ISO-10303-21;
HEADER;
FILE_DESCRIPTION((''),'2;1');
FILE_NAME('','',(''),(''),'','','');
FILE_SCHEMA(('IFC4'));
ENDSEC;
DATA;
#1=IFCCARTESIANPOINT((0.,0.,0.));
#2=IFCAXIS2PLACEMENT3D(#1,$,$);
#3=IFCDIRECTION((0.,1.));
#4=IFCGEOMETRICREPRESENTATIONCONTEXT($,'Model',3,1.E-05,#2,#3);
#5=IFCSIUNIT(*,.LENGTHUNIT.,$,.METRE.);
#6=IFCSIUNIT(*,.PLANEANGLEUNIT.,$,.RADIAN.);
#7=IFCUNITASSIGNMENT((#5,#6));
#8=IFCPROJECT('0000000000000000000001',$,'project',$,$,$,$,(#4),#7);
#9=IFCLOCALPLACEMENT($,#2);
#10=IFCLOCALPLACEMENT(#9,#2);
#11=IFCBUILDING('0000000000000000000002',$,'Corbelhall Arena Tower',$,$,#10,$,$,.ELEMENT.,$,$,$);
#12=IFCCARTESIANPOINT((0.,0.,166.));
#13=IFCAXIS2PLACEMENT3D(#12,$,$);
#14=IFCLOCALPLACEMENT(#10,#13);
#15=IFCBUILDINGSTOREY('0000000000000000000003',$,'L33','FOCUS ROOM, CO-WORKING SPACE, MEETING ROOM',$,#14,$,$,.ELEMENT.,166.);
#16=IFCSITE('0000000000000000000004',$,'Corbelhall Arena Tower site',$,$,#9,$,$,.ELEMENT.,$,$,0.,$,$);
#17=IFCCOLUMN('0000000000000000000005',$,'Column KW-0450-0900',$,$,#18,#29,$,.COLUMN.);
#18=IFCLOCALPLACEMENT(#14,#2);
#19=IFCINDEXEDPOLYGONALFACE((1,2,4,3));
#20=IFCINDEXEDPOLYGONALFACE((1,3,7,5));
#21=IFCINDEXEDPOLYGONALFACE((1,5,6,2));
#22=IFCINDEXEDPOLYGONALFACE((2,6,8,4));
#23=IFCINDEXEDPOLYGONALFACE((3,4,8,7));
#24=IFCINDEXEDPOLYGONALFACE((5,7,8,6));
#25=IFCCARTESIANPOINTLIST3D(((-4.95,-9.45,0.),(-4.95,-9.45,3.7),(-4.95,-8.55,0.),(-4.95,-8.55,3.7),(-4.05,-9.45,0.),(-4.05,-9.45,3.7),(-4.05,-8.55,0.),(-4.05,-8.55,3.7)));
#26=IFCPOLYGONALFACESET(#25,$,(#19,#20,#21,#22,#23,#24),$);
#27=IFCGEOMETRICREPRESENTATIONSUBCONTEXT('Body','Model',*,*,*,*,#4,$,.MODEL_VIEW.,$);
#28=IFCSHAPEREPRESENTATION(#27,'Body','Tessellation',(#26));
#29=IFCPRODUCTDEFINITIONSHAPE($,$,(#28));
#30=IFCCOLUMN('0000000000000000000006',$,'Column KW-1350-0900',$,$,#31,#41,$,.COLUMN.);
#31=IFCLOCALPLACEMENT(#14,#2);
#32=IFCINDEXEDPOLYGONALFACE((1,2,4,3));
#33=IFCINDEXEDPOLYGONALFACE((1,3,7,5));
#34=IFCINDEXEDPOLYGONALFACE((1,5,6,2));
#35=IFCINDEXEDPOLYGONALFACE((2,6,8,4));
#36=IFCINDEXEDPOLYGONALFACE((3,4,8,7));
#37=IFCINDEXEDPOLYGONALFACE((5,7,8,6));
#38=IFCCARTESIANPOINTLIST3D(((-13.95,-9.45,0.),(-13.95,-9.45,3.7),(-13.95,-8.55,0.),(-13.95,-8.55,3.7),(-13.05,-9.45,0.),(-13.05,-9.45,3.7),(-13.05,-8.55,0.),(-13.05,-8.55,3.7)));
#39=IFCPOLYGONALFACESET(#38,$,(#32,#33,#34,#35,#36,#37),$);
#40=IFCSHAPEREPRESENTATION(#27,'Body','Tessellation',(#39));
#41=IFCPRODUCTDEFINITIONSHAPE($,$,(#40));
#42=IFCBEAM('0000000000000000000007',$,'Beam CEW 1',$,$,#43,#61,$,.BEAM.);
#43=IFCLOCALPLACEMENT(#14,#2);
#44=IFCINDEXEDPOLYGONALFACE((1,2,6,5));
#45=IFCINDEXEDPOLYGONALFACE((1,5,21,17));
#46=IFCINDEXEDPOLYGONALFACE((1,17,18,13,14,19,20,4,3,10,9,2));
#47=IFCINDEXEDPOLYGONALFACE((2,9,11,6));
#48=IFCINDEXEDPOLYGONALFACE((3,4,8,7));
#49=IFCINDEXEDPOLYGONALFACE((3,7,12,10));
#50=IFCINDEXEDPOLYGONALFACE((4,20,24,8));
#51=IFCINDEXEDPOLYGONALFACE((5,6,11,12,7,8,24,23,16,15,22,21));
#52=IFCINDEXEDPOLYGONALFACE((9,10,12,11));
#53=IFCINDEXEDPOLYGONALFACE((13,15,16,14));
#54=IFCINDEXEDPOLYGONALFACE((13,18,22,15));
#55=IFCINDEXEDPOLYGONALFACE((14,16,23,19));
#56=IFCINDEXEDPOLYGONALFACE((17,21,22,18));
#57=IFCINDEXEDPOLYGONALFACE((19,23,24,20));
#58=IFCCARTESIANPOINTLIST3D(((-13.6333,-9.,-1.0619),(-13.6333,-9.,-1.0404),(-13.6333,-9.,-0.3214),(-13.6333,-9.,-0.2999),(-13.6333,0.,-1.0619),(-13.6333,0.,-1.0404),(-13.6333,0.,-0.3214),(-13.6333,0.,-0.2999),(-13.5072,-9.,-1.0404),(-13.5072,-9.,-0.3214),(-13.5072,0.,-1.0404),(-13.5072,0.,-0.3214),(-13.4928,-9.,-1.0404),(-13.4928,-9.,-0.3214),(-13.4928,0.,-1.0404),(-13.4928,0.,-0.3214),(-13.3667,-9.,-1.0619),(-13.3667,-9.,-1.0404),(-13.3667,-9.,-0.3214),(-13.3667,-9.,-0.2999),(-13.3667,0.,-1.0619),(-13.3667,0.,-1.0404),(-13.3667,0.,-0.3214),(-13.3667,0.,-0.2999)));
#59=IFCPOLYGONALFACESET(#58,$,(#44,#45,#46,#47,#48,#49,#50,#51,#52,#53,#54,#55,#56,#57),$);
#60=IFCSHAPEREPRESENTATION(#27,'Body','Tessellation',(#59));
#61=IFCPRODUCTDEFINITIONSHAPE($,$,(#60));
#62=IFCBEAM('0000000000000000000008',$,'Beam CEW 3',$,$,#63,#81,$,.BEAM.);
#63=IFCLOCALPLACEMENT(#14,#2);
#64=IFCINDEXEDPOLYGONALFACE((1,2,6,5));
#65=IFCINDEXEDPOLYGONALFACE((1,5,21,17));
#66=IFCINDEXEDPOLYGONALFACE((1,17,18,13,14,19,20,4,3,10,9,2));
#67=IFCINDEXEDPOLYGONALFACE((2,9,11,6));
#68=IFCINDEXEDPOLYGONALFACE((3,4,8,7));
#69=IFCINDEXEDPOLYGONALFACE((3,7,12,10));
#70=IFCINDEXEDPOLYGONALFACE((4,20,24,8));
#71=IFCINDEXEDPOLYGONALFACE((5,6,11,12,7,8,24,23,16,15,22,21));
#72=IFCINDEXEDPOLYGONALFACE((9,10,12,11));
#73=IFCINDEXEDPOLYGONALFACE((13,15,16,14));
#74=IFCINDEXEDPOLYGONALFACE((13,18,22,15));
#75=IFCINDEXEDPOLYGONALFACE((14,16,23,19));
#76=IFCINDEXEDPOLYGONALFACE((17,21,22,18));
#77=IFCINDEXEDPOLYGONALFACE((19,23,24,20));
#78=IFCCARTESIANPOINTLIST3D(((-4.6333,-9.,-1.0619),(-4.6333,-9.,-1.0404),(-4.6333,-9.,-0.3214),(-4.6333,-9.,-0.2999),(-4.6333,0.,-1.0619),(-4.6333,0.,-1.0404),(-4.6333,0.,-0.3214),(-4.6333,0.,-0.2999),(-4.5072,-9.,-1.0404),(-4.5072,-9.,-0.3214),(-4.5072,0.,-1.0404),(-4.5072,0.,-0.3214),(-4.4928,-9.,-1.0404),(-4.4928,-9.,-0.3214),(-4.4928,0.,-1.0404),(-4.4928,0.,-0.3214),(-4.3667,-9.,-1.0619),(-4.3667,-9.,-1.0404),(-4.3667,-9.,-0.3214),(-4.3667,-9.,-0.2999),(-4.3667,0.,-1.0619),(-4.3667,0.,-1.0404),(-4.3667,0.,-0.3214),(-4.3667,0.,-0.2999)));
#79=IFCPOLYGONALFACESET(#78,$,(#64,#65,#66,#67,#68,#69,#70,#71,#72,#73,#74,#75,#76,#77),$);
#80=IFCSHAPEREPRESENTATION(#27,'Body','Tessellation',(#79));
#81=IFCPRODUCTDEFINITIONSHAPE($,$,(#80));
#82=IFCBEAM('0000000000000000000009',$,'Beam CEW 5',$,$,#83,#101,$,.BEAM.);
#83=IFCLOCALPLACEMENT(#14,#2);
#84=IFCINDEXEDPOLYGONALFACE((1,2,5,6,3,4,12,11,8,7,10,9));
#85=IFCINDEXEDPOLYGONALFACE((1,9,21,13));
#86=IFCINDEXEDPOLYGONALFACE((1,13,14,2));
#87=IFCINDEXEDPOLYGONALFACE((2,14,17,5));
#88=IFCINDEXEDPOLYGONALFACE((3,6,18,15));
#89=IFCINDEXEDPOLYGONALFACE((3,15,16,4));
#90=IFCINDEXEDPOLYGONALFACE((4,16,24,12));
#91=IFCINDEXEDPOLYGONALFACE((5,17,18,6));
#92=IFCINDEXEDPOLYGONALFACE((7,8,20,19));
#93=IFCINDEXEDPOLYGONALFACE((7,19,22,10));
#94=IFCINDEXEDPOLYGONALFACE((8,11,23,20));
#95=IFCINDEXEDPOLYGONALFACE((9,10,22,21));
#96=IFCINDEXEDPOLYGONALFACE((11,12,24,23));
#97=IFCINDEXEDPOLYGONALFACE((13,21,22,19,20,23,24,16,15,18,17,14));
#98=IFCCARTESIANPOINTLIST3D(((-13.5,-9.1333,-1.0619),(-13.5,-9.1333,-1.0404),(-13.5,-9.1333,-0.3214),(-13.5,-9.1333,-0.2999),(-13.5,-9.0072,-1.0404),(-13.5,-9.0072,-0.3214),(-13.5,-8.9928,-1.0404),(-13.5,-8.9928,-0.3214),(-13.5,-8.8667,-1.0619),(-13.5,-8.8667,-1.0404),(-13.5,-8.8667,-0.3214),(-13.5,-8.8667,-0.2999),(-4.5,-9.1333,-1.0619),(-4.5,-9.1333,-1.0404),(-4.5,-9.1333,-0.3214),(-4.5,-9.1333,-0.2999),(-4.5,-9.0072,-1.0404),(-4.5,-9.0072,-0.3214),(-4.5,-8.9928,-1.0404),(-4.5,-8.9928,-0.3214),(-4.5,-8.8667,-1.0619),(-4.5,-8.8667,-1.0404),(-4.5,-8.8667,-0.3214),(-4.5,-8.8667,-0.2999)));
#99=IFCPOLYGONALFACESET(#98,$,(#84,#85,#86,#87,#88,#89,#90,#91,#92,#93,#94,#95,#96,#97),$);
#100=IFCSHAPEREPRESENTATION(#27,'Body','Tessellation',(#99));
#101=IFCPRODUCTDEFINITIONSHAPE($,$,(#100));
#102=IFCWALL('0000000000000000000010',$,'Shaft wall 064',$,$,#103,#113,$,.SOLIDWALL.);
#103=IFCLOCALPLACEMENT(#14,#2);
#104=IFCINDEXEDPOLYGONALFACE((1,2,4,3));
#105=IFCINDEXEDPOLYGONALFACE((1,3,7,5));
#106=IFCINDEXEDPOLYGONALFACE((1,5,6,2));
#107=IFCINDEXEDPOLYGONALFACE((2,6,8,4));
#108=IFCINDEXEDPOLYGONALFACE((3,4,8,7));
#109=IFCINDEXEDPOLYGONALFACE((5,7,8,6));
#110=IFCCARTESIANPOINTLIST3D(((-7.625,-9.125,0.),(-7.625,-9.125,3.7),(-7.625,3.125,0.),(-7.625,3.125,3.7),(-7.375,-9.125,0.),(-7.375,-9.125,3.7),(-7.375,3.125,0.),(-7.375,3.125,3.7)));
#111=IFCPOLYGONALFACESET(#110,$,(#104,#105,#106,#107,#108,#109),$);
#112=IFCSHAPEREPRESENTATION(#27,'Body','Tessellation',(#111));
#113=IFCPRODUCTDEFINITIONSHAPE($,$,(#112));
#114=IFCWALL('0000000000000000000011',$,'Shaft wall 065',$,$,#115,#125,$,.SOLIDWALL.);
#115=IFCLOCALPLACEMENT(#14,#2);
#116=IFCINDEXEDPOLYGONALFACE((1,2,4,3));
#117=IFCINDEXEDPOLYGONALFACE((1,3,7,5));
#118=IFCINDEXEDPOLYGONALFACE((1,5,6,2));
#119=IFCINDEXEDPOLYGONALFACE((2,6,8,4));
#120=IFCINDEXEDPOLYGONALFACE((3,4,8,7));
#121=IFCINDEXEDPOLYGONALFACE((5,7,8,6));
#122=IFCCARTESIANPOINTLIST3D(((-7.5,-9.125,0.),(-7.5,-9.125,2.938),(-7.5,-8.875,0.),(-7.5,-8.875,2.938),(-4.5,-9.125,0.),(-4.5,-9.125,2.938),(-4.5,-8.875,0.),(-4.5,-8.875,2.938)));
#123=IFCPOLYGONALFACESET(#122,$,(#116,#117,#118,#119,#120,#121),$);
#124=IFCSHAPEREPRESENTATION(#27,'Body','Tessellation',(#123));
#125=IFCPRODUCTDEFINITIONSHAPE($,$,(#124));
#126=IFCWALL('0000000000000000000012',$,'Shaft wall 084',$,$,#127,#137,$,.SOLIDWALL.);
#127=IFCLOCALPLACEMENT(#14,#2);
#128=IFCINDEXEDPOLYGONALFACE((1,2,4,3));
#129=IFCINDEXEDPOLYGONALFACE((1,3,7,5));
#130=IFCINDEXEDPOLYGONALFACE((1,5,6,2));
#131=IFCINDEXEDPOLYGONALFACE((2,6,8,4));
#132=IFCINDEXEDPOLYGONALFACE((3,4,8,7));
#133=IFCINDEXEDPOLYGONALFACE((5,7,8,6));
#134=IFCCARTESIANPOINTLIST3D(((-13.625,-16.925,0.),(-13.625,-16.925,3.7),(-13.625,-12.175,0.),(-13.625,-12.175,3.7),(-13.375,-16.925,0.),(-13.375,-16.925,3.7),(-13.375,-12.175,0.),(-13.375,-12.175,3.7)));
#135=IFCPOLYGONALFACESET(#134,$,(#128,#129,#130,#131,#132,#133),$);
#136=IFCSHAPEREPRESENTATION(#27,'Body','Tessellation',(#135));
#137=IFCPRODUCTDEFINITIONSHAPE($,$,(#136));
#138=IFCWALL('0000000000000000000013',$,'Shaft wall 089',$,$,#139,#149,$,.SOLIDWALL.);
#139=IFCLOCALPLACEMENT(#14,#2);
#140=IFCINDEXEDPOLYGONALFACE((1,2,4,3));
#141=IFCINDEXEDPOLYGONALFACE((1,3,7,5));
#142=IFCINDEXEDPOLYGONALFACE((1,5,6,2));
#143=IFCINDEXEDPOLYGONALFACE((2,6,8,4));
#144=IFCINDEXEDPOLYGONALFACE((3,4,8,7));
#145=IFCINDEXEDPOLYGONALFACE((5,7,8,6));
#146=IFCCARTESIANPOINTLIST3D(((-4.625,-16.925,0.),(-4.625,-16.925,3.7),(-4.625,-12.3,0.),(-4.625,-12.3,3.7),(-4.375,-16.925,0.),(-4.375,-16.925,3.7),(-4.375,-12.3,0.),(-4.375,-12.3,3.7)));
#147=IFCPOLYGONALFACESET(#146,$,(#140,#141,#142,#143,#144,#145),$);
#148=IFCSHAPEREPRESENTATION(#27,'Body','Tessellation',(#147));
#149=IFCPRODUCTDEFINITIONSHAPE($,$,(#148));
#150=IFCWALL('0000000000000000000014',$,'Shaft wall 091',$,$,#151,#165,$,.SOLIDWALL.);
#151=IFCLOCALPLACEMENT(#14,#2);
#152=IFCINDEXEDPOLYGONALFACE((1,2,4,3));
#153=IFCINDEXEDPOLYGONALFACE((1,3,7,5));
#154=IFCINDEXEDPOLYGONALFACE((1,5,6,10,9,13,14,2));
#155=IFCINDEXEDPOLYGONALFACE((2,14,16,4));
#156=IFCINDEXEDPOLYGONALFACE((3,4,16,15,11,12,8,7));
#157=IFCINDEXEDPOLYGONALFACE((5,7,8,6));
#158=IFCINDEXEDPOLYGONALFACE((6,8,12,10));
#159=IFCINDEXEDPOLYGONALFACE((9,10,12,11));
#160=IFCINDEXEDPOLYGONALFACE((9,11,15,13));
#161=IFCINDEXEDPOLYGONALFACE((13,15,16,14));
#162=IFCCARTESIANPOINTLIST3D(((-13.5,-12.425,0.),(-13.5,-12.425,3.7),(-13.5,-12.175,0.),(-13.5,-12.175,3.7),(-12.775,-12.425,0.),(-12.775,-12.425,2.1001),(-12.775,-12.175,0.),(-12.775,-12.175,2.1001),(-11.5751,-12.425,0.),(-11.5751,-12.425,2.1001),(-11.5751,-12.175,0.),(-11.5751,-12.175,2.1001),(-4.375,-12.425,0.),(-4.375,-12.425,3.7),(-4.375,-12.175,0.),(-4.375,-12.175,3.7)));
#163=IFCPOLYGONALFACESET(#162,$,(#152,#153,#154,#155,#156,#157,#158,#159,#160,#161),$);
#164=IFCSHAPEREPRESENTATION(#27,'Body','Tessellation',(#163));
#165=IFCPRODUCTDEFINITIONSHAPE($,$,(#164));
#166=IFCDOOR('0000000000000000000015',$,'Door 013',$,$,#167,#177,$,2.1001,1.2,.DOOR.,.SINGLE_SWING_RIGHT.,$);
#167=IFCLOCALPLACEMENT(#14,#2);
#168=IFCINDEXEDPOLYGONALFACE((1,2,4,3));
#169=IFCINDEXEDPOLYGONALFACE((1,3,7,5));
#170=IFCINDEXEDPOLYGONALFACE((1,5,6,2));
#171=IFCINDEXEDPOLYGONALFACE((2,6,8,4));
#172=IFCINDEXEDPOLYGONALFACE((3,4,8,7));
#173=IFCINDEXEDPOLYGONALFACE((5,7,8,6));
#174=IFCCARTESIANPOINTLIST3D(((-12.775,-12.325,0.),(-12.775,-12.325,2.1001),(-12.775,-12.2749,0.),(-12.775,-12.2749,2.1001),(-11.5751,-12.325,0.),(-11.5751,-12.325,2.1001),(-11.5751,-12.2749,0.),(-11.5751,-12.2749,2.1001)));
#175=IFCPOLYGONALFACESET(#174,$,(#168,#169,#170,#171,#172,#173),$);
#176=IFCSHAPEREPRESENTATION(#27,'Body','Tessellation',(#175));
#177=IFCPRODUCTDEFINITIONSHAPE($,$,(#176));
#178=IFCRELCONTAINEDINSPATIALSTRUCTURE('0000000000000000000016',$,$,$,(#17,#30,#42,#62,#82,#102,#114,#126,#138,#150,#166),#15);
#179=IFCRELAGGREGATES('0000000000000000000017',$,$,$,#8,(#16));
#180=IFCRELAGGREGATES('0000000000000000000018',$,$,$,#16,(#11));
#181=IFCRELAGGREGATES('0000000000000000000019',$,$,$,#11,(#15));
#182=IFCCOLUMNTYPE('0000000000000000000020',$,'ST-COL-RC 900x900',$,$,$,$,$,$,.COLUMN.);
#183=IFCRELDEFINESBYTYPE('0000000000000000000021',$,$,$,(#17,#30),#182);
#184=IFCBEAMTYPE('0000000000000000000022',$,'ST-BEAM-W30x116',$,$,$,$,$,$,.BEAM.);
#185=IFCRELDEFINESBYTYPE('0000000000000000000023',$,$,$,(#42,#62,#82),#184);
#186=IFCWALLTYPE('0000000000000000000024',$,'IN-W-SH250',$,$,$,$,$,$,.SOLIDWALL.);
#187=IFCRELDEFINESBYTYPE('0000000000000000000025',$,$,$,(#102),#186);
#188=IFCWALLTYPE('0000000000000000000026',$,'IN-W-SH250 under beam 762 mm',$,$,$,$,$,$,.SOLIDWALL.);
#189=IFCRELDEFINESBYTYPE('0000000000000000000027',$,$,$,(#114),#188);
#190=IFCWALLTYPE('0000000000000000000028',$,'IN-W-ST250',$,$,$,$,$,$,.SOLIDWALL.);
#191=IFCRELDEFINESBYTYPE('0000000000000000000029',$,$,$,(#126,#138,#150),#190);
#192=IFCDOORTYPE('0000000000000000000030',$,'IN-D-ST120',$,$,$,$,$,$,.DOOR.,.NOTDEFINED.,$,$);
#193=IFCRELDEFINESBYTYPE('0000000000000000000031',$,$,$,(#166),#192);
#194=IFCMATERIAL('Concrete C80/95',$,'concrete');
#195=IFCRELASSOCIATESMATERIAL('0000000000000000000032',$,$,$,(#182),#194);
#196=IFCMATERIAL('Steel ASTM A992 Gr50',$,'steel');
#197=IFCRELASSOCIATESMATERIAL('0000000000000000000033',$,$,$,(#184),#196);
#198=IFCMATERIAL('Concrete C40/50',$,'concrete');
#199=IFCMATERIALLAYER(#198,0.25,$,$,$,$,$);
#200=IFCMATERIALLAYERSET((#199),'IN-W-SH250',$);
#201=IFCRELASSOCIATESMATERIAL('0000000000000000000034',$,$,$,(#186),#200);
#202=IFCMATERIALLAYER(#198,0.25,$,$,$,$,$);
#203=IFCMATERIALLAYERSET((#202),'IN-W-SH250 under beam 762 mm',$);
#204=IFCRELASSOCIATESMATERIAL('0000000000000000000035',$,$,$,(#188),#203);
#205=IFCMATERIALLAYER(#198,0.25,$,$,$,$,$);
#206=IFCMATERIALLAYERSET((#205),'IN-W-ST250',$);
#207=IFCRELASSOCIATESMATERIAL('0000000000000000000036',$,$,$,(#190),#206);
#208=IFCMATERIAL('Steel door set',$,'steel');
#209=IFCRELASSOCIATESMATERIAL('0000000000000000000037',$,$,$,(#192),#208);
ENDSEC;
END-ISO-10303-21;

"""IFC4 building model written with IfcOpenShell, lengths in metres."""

from ifc_helpers import new_model, si_unit, direction, frame, frame_2d, origin, origin_2d, place, context, subcontext, project, spatial, rectangle, i_section, extrude, material, layer, layer_set, material_profile, profile_set, type_object, element, fill, save


model = new_model("IFC4")

# Units and contexts
model_context = context("Model", 3, precision=1e-05, world=origin(), true_north=direction((0.0, 1.0)))
body_context = subcontext(model_context, "Body", "Model", "MODEL_VIEW")
ifc_project = project(units=[si_unit("LENGTHUNIT", "METRE"), si_unit("PLANEANGLEUNIT", "RADIAN")], contexts=[model_context])

# Site, building, storey
site_placement = place(None, origin())
site = spatial("IfcSite", under=ifc_project, at=site_placement, Name="Corbelhall Arena Tower site", CompositionType="ELEMENT", RefElevation=0.0)
building_placement = place(site_placement, origin())
building = spatial("IfcBuilding", under=site, at=building_placement, Name="Corbelhall Arena Tower", CompositionType="ELEMENT")
storey_placement = place(building_placement, frame((0.0, 0.0, 166.0)))
storey = spatial("IfcBuildingStorey", under=building, at=storey_placement, Name="L33", Description="FOCUS ROOM, CO-WORKING SPACE, MEETING ROOM", CompositionType="ELEMENT", Elevation=166.0)

# Columns
ifc_material_1 = material(Name="Concrete C80/95", Category="concrete")
ifc_material_profile_1 = material_profile(ifc_material_1, rectangle(XDim=0.8999, YDim=0.8999, at=origin_2d()))
ifc_profile_set_1 = profile_set([ifc_material_profile_1], Name="Concrete C80/95")
column_type = type_object("IfcColumnType", Name="ST-COL-RC 900x900", PredefinedType="COLUMN", material=ifc_profile_set_1)
for number, where, z_axis, x_axis, name in (
    (1, (-4.5, -9.0, 0.0), (0.0, 0.0, 1.0), (1.0, 0.0, 0.0), "Column KW-0450-0900"),
    (2, (-13.5, -9.0, 0.0), (0.0, 0.0, 1.0), (1.0, 0.0, 0.0), "Column KW-1350-0900"),
):
    element("IfcColumn", number, at=place(storey_placement, frame(where, z_axis=z_axis, x_axis=x_axis)), inside=storey, type_object=column_type, Name=name, PredefinedType="COLUMN", context=body_context, shape_type="SweptSolid", body=[
        extrude(rectangle(XDim=0.8999, YDim=0.8999, at=origin_2d()), origin(), (0.0, 0.0, 1.0), 3.7),
    ])

# Beams
ifc_material_2 = material(Name="Steel ASTM A992 Gr50", Category="steel")
ifc_material_profile_2 = material_profile(ifc_material_2, i_section(OverallWidth=0.2666, OverallDepth=0.762, WebThickness=0.0144, FlangeThickness=0.0215, at=origin_2d()))
ifc_profile_set_2 = profile_set([ifc_material_profile_2], Name="Steel ASTM A992 Gr50")
beam_type = type_object("IfcBeamType", Name="ST-BEAM-W30x116", PredefinedType="BEAM", material=ifc_profile_set_2)
for number, where, z_axis, x_axis, name in (
    (3, (-13.5, -9.0, -0.6809), (0.0, 1.0, 0.0), (-1.0, 0.0, 0.0), "Beam CEW 1"),
    (4, (-4.5, -9.0, -0.6809), (0.0, 1.0, 0.0), (-1.0, 0.0, 0.0), "Beam CEW 3"),
    (5, (-13.5, -9.0, -0.6809), (1.0, 0.0, 0.0), (0.0, 1.0, 0.0), "Beam CEW 5"),
):
    element("IfcBeam", number, at=place(storey_placement, frame(where, z_axis=z_axis, x_axis=x_axis)), inside=storey, type_object=beam_type, Name=name, PredefinedType="BEAM", context=body_context, shape_type="SweptSolid", body=[
        extrude(i_section(OverallWidth=0.2666, OverallDepth=0.762, WebThickness=0.0144, FlangeThickness=0.0215, at=origin_2d()), origin(), (0.0, 0.0, 1.0), 9.0),
    ])

# Walls
ifc_material_3 = material(Name="Concrete C40/50", Category="concrete")
ifc_layer_1 = layer(ifc_material_3, 0.25)
ifc_layer_set_1 = layer_set([ifc_layer_1], Name="IN-W-SH250")
wall_type_1 = type_object("IfcWallType", Name="IN-W-SH250", PredefinedType="SOLIDWALL", material=ifc_layer_set_1)
wall_1_placement = place(storey_placement, frame((-7.5, -9.125, 0.0), z_axis=(0.0, 0.0, 1.0), x_axis=(0.0, 1.0, 0.0)))
element("IfcWall", 6, at=wall_1_placement, inside=storey, type_object=wall_type_1, Name="Shaft wall 064", PredefinedType="SOLIDWALL", context=body_context, shape_type="SweptSolid", body=[
    extrude(rectangle(XDim=12.25, YDim=0.25, at=frame_2d((6.125, 0.0))), origin(), (0.0, 0.0, 1.0), 3.7),
])
ifc_layer_2 = layer(ifc_material_3, 0.25)
ifc_layer_set_2 = layer_set([ifc_layer_2], Name="IN-W-SH250 under beam 762 mm")
wall_type_2 = type_object("IfcWallType", Name="IN-W-SH250 under beam 762 mm", PredefinedType="SOLIDWALL", material=ifc_layer_set_2)
wall_2_placement = place(storey_placement, frame((-4.5, -9.0, 0.0), z_axis=(0.0, 0.0, 1.0), x_axis=(-1.0, 0.0, 0.0)))
element("IfcWall", 7, at=wall_2_placement, inside=storey, type_object=wall_type_2, Name="Shaft wall 065", PredefinedType="SOLIDWALL", context=body_context, shape_type="SweptSolid", body=[
    extrude(rectangle(XDim=3.0, YDim=0.25, at=frame_2d((1.5, 0.0))), origin(), (0.0, 0.0, 1.0), 2.938),
])
ifc_layer_3 = layer(ifc_material_3, 0.25)
ifc_layer_set_3 = layer_set([ifc_layer_3], Name="IN-W-ST250")
wall_type_3 = type_object("IfcWallType", Name="IN-W-ST250", PredefinedType="SOLIDWALL", material=ifc_layer_set_3)
wall_3_placement = place(storey_placement, frame((-13.5, -12.175, 0.0), z_axis=(0.0, 0.0, 1.0), x_axis=(0.0, -1.0, 0.0)))
element("IfcWall", 8, at=wall_3_placement, inside=storey, type_object=wall_type_3, Name="Shaft wall 084", PredefinedType="SOLIDWALL", context=body_context, shape_type="SweptSolid", body=[
    extrude(rectangle(XDim=4.75, YDim=0.25, at=frame_2d((2.375, 0.0))), origin(), (0.0, 0.0, 1.0), 3.7),
])
wall_4_placement = place(storey_placement, frame((-4.5, -12.3, 0.0), z_axis=(0.0, 0.0, 1.0), x_axis=(0.0, -1.0, 0.0)))
element("IfcWall", 9, at=wall_4_placement, inside=storey, type_object=wall_type_3, Name="Shaft wall 089", PredefinedType="SOLIDWALL", context=body_context, shape_type="SweptSolid", body=[
    extrude(rectangle(XDim=4.625, YDim=0.25, at=frame_2d((2.3125, 0.0))), origin(), (0.0, 0.0, 1.0), 3.7),
])

# Wall, opening, door
wall_5_placement = place(storey_placement, frame((-4.375, -12.3, 0.0), z_axis=(0.0, 0.0, 1.0), x_axis=(-1.0, 0.0, 0.0)))
wall_5 = element("IfcWall", 10, at=wall_5_placement, inside=storey, type_object=wall_type_3, Name="Shaft wall 091", PredefinedType="SOLIDWALL", context=body_context, shape_type="SweptSolid", body=[
    extrude(rectangle(XDim=9.125, YDim=0.25, at=frame_2d((4.5625, 0.0))), origin(), (0.0, 0.0, 1.0), 3.7),
])
opening_1_placement = place(wall_5_placement, frame((7.2, 0.0, 0.0)))
opening_1 = element("IfcOpeningElement", 11, at=opening_1_placement, cuts=wall_5, PredefinedType="OPENING", context=body_context, shape_type="SweptSolid", body=[
    extrude(rectangle(XDim=1.2, YDim=2.1001, at=frame_2d((0.6001, 1.05))), frame((0.0, 0.125, 0.0), z_axis=(0.0, -1.0, 0.0), x_axis=(1.0, 0.0, 0.0)), (0.0, 0.0, 1.0), 0.25),
])
ifc_material_4 = material(Name="Steel door set", Category="steel")
door_type_1 = type_object("IfcDoorType", Name="IN-D-ST120", OperationType="NOTDEFINED", PredefinedType="DOOR", material=ifc_material_4)
door_1_placement = place(opening_1_placement, origin())
door_1 = element("IfcDoor", 12, at=door_1_placement, inside=storey, type_object=door_type_1, Name="Door 013", OperationType="SINGLE_SWING_RIGHT", OverallHeight=2.1001, OverallWidth=1.2, PredefinedType="DOOR", context=body_context, shape_type="SweptSolid", body=[
    extrude(rectangle(XDim=1.2, YDim=2.1001, at=frame_2d((0.6001, 1.05))), frame((0.0, 0.0249, 0.0), z_axis=(0.0, -1.0, 0.0), x_axis=(1.0, 0.0, 0.0)), (0.0, 0.0, 1.0), 0.05),
])
fill(opening_1, door_1)

save(model, "model.ifc")
